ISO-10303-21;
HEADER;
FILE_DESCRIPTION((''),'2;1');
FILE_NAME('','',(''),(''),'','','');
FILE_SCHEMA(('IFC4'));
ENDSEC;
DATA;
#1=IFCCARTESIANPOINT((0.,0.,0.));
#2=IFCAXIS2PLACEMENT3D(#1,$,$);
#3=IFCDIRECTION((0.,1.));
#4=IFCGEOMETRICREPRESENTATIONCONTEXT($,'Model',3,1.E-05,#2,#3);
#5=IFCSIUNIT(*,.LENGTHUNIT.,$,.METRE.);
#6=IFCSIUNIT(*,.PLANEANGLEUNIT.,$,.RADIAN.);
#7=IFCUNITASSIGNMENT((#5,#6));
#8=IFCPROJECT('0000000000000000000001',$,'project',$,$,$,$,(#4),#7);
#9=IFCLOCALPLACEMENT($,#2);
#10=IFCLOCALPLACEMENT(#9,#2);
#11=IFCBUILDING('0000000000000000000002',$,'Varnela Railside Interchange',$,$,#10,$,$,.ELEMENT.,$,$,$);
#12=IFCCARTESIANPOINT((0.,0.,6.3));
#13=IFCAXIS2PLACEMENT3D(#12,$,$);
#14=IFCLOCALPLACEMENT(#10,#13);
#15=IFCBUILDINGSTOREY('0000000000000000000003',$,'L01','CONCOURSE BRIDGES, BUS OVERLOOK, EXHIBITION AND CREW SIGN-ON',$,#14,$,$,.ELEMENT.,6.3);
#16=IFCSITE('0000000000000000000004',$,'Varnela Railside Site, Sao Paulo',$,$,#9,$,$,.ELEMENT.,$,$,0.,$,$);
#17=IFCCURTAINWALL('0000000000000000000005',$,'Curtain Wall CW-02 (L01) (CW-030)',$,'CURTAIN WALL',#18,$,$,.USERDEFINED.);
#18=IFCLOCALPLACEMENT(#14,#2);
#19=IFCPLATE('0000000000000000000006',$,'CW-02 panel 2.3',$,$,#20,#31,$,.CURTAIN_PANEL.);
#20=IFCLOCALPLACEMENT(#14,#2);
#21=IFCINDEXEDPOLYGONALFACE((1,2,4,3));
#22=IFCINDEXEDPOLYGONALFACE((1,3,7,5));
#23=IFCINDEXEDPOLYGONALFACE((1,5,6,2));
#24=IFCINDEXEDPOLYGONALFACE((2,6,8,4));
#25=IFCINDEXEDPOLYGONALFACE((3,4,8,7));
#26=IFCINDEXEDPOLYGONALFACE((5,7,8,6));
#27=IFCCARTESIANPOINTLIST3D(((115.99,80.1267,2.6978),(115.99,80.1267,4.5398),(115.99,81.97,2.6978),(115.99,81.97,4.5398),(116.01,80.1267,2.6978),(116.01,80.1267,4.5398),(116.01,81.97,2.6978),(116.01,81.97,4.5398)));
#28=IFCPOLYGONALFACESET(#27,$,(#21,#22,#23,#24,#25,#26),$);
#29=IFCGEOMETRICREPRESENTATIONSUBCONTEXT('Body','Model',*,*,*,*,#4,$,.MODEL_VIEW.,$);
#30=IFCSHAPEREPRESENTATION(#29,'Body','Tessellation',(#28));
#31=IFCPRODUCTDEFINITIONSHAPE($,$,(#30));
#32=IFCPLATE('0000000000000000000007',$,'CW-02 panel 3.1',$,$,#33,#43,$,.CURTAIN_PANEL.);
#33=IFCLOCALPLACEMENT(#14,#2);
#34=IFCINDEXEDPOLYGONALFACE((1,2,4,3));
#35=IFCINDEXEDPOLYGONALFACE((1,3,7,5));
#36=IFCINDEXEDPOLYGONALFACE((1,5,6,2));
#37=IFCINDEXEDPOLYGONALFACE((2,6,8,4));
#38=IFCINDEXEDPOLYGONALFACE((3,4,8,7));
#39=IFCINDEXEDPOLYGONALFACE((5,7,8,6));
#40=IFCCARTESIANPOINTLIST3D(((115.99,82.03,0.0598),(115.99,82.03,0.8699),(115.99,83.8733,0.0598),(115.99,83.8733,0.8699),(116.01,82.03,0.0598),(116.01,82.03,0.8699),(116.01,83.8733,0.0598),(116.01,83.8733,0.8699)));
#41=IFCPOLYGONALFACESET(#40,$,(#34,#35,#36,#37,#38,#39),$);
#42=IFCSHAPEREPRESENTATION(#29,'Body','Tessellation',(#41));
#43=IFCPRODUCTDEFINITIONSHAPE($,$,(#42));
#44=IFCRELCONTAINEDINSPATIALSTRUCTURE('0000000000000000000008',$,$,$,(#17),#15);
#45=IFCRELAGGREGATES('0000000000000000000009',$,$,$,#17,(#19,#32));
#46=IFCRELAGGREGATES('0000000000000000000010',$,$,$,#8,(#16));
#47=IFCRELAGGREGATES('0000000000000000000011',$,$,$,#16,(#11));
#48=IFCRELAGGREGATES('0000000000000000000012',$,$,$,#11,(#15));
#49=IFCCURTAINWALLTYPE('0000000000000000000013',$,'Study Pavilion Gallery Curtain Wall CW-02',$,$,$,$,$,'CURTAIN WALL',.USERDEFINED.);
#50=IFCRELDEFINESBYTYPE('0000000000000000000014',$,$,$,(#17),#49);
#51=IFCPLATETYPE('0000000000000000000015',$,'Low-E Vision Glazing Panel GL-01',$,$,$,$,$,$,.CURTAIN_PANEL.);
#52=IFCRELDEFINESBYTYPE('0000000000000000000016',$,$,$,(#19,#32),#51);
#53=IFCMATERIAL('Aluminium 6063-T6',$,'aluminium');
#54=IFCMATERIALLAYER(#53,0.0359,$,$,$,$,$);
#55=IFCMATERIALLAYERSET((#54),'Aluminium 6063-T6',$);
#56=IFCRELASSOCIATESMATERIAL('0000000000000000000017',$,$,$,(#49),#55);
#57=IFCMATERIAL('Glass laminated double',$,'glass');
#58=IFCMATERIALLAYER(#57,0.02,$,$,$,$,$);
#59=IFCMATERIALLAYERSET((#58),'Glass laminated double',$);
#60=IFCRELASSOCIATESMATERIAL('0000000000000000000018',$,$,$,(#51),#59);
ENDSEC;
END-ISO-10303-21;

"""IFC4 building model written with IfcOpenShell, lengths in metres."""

from ifc_helpers import new_model, si_unit, direction, frame, origin, origin_2d, place, context, subcontext, project, spatial, rectangle, extrude, material, layer, layer_set, type_object, element, aggregate, save


model = new_model("IFC4")

# Units and contexts
model_context = context("Model", 3, precision=1e-05, world=origin(), true_north=direction((0.0, 1.0)))
body_context = subcontext(model_context, "Body", "Model", "MODEL_VIEW")
ifc_project = project(units=[si_unit("LENGTHUNIT", "METRE"), si_unit("PLANEANGLEUNIT", "RADIAN")], contexts=[model_context])

# Site, building, storey
site_placement = place(None, origin())
site = spatial("IfcSite", under=ifc_project, at=site_placement, Name="Varnela Railside Site, Sao Paulo", CompositionType="ELEMENT", RefElevation=0.0)
building_placement = place(site_placement, origin())
building = spatial("IfcBuilding", under=site, at=building_placement, Name="Varnela Railside Interchange", CompositionType="ELEMENT")
storey_placement = place(building_placement, frame((0.0, 0.0, 6.3)))
storey = spatial("IfcBuildingStorey", under=building, at=storey_placement, Name="L01", Description="CONCOURSE BRIDGES, BUS OVERLOOK, EXHIBITION AND CREW SIGN-ON", CompositionType="ELEMENT", Elevation=6.3)

# Curtain wall
ifc_material_1 = material(Name="Aluminium 6063-T6", Category="aluminium")
ifc_layer_1 = layer(ifc_material_1, 0.0359)
ifc_layer_set_1 = layer_set([ifc_layer_1], Name="Aluminium 6063-T6")
curtain_wall_type = type_object("IfcCurtainWallType", Name="Study Pavilion Gallery Curtain Wall CW-02", ElementType="CURTAIN WALL", PredefinedType="USERDEFINED", material=ifc_layer_set_1)
curtain_wall_placement = place(storey_placement, origin())
curtain_wall = element("IfcCurtainWall", 1, at=curtain_wall_placement, inside=storey, type_object=curtain_wall_type, Name="Curtain Wall CW-02 (L01) (CW-030)", ObjectType="CURTAIN WALL", PredefinedType="USERDEFINED")

# Plates
ifc_material_2 = material(Name="Glass laminated double", Category="glass")
ifc_layer_2 = layer(ifc_material_2, 0.02)
ifc_layer_set_2 = layer_set([ifc_layer_2], Name="Glass laminated double")
plate_type = type_object("IfcPlateType", Name="Low-E Vision Glazing Panel GL-01", PredefinedType="CURTAIN_PANEL", material=ifc_layer_set_2)
plate_1_placement = place(storey_placement, frame((116.0, 81.0483, 2.6978), z_axis=(0.0, 0.0, 1.0), x_axis=(0.0, 1.0, 0.0)))
plate_1 = element("IfcPlate", 2, at=plate_1_placement, type_object=plate_type, Name="CW-02 panel 2.3", PredefinedType="CURTAIN_PANEL", context=body_context, shape_type="SweptSolid", body=[
    extrude(rectangle(XDim=1.8433, YDim=0.02, at=origin_2d()), origin(), (0.0, 0.0, 1.0), 1.842),
])
plate_2_placement = place(storey_placement, frame((116.0, 82.9517, 0.0598), z_axis=(0.0, 0.0, 1.0), x_axis=(0.0, 1.0, 0.0)))
plate_2 = element("IfcPlate", 3, at=plate_2_placement, type_object=plate_type, Name="CW-02 panel 3.1", PredefinedType="CURTAIN_PANEL", context=body_context, shape_type="SweptSolid", body=[
    extrude(rectangle(XDim=1.8433, YDim=0.02, at=origin_2d()), origin(), (0.0, 0.0, 1.0), 0.8101),
])
aggregate(curtain_wall, [plate_1, plate_2])

save(model, "model.ifc")
